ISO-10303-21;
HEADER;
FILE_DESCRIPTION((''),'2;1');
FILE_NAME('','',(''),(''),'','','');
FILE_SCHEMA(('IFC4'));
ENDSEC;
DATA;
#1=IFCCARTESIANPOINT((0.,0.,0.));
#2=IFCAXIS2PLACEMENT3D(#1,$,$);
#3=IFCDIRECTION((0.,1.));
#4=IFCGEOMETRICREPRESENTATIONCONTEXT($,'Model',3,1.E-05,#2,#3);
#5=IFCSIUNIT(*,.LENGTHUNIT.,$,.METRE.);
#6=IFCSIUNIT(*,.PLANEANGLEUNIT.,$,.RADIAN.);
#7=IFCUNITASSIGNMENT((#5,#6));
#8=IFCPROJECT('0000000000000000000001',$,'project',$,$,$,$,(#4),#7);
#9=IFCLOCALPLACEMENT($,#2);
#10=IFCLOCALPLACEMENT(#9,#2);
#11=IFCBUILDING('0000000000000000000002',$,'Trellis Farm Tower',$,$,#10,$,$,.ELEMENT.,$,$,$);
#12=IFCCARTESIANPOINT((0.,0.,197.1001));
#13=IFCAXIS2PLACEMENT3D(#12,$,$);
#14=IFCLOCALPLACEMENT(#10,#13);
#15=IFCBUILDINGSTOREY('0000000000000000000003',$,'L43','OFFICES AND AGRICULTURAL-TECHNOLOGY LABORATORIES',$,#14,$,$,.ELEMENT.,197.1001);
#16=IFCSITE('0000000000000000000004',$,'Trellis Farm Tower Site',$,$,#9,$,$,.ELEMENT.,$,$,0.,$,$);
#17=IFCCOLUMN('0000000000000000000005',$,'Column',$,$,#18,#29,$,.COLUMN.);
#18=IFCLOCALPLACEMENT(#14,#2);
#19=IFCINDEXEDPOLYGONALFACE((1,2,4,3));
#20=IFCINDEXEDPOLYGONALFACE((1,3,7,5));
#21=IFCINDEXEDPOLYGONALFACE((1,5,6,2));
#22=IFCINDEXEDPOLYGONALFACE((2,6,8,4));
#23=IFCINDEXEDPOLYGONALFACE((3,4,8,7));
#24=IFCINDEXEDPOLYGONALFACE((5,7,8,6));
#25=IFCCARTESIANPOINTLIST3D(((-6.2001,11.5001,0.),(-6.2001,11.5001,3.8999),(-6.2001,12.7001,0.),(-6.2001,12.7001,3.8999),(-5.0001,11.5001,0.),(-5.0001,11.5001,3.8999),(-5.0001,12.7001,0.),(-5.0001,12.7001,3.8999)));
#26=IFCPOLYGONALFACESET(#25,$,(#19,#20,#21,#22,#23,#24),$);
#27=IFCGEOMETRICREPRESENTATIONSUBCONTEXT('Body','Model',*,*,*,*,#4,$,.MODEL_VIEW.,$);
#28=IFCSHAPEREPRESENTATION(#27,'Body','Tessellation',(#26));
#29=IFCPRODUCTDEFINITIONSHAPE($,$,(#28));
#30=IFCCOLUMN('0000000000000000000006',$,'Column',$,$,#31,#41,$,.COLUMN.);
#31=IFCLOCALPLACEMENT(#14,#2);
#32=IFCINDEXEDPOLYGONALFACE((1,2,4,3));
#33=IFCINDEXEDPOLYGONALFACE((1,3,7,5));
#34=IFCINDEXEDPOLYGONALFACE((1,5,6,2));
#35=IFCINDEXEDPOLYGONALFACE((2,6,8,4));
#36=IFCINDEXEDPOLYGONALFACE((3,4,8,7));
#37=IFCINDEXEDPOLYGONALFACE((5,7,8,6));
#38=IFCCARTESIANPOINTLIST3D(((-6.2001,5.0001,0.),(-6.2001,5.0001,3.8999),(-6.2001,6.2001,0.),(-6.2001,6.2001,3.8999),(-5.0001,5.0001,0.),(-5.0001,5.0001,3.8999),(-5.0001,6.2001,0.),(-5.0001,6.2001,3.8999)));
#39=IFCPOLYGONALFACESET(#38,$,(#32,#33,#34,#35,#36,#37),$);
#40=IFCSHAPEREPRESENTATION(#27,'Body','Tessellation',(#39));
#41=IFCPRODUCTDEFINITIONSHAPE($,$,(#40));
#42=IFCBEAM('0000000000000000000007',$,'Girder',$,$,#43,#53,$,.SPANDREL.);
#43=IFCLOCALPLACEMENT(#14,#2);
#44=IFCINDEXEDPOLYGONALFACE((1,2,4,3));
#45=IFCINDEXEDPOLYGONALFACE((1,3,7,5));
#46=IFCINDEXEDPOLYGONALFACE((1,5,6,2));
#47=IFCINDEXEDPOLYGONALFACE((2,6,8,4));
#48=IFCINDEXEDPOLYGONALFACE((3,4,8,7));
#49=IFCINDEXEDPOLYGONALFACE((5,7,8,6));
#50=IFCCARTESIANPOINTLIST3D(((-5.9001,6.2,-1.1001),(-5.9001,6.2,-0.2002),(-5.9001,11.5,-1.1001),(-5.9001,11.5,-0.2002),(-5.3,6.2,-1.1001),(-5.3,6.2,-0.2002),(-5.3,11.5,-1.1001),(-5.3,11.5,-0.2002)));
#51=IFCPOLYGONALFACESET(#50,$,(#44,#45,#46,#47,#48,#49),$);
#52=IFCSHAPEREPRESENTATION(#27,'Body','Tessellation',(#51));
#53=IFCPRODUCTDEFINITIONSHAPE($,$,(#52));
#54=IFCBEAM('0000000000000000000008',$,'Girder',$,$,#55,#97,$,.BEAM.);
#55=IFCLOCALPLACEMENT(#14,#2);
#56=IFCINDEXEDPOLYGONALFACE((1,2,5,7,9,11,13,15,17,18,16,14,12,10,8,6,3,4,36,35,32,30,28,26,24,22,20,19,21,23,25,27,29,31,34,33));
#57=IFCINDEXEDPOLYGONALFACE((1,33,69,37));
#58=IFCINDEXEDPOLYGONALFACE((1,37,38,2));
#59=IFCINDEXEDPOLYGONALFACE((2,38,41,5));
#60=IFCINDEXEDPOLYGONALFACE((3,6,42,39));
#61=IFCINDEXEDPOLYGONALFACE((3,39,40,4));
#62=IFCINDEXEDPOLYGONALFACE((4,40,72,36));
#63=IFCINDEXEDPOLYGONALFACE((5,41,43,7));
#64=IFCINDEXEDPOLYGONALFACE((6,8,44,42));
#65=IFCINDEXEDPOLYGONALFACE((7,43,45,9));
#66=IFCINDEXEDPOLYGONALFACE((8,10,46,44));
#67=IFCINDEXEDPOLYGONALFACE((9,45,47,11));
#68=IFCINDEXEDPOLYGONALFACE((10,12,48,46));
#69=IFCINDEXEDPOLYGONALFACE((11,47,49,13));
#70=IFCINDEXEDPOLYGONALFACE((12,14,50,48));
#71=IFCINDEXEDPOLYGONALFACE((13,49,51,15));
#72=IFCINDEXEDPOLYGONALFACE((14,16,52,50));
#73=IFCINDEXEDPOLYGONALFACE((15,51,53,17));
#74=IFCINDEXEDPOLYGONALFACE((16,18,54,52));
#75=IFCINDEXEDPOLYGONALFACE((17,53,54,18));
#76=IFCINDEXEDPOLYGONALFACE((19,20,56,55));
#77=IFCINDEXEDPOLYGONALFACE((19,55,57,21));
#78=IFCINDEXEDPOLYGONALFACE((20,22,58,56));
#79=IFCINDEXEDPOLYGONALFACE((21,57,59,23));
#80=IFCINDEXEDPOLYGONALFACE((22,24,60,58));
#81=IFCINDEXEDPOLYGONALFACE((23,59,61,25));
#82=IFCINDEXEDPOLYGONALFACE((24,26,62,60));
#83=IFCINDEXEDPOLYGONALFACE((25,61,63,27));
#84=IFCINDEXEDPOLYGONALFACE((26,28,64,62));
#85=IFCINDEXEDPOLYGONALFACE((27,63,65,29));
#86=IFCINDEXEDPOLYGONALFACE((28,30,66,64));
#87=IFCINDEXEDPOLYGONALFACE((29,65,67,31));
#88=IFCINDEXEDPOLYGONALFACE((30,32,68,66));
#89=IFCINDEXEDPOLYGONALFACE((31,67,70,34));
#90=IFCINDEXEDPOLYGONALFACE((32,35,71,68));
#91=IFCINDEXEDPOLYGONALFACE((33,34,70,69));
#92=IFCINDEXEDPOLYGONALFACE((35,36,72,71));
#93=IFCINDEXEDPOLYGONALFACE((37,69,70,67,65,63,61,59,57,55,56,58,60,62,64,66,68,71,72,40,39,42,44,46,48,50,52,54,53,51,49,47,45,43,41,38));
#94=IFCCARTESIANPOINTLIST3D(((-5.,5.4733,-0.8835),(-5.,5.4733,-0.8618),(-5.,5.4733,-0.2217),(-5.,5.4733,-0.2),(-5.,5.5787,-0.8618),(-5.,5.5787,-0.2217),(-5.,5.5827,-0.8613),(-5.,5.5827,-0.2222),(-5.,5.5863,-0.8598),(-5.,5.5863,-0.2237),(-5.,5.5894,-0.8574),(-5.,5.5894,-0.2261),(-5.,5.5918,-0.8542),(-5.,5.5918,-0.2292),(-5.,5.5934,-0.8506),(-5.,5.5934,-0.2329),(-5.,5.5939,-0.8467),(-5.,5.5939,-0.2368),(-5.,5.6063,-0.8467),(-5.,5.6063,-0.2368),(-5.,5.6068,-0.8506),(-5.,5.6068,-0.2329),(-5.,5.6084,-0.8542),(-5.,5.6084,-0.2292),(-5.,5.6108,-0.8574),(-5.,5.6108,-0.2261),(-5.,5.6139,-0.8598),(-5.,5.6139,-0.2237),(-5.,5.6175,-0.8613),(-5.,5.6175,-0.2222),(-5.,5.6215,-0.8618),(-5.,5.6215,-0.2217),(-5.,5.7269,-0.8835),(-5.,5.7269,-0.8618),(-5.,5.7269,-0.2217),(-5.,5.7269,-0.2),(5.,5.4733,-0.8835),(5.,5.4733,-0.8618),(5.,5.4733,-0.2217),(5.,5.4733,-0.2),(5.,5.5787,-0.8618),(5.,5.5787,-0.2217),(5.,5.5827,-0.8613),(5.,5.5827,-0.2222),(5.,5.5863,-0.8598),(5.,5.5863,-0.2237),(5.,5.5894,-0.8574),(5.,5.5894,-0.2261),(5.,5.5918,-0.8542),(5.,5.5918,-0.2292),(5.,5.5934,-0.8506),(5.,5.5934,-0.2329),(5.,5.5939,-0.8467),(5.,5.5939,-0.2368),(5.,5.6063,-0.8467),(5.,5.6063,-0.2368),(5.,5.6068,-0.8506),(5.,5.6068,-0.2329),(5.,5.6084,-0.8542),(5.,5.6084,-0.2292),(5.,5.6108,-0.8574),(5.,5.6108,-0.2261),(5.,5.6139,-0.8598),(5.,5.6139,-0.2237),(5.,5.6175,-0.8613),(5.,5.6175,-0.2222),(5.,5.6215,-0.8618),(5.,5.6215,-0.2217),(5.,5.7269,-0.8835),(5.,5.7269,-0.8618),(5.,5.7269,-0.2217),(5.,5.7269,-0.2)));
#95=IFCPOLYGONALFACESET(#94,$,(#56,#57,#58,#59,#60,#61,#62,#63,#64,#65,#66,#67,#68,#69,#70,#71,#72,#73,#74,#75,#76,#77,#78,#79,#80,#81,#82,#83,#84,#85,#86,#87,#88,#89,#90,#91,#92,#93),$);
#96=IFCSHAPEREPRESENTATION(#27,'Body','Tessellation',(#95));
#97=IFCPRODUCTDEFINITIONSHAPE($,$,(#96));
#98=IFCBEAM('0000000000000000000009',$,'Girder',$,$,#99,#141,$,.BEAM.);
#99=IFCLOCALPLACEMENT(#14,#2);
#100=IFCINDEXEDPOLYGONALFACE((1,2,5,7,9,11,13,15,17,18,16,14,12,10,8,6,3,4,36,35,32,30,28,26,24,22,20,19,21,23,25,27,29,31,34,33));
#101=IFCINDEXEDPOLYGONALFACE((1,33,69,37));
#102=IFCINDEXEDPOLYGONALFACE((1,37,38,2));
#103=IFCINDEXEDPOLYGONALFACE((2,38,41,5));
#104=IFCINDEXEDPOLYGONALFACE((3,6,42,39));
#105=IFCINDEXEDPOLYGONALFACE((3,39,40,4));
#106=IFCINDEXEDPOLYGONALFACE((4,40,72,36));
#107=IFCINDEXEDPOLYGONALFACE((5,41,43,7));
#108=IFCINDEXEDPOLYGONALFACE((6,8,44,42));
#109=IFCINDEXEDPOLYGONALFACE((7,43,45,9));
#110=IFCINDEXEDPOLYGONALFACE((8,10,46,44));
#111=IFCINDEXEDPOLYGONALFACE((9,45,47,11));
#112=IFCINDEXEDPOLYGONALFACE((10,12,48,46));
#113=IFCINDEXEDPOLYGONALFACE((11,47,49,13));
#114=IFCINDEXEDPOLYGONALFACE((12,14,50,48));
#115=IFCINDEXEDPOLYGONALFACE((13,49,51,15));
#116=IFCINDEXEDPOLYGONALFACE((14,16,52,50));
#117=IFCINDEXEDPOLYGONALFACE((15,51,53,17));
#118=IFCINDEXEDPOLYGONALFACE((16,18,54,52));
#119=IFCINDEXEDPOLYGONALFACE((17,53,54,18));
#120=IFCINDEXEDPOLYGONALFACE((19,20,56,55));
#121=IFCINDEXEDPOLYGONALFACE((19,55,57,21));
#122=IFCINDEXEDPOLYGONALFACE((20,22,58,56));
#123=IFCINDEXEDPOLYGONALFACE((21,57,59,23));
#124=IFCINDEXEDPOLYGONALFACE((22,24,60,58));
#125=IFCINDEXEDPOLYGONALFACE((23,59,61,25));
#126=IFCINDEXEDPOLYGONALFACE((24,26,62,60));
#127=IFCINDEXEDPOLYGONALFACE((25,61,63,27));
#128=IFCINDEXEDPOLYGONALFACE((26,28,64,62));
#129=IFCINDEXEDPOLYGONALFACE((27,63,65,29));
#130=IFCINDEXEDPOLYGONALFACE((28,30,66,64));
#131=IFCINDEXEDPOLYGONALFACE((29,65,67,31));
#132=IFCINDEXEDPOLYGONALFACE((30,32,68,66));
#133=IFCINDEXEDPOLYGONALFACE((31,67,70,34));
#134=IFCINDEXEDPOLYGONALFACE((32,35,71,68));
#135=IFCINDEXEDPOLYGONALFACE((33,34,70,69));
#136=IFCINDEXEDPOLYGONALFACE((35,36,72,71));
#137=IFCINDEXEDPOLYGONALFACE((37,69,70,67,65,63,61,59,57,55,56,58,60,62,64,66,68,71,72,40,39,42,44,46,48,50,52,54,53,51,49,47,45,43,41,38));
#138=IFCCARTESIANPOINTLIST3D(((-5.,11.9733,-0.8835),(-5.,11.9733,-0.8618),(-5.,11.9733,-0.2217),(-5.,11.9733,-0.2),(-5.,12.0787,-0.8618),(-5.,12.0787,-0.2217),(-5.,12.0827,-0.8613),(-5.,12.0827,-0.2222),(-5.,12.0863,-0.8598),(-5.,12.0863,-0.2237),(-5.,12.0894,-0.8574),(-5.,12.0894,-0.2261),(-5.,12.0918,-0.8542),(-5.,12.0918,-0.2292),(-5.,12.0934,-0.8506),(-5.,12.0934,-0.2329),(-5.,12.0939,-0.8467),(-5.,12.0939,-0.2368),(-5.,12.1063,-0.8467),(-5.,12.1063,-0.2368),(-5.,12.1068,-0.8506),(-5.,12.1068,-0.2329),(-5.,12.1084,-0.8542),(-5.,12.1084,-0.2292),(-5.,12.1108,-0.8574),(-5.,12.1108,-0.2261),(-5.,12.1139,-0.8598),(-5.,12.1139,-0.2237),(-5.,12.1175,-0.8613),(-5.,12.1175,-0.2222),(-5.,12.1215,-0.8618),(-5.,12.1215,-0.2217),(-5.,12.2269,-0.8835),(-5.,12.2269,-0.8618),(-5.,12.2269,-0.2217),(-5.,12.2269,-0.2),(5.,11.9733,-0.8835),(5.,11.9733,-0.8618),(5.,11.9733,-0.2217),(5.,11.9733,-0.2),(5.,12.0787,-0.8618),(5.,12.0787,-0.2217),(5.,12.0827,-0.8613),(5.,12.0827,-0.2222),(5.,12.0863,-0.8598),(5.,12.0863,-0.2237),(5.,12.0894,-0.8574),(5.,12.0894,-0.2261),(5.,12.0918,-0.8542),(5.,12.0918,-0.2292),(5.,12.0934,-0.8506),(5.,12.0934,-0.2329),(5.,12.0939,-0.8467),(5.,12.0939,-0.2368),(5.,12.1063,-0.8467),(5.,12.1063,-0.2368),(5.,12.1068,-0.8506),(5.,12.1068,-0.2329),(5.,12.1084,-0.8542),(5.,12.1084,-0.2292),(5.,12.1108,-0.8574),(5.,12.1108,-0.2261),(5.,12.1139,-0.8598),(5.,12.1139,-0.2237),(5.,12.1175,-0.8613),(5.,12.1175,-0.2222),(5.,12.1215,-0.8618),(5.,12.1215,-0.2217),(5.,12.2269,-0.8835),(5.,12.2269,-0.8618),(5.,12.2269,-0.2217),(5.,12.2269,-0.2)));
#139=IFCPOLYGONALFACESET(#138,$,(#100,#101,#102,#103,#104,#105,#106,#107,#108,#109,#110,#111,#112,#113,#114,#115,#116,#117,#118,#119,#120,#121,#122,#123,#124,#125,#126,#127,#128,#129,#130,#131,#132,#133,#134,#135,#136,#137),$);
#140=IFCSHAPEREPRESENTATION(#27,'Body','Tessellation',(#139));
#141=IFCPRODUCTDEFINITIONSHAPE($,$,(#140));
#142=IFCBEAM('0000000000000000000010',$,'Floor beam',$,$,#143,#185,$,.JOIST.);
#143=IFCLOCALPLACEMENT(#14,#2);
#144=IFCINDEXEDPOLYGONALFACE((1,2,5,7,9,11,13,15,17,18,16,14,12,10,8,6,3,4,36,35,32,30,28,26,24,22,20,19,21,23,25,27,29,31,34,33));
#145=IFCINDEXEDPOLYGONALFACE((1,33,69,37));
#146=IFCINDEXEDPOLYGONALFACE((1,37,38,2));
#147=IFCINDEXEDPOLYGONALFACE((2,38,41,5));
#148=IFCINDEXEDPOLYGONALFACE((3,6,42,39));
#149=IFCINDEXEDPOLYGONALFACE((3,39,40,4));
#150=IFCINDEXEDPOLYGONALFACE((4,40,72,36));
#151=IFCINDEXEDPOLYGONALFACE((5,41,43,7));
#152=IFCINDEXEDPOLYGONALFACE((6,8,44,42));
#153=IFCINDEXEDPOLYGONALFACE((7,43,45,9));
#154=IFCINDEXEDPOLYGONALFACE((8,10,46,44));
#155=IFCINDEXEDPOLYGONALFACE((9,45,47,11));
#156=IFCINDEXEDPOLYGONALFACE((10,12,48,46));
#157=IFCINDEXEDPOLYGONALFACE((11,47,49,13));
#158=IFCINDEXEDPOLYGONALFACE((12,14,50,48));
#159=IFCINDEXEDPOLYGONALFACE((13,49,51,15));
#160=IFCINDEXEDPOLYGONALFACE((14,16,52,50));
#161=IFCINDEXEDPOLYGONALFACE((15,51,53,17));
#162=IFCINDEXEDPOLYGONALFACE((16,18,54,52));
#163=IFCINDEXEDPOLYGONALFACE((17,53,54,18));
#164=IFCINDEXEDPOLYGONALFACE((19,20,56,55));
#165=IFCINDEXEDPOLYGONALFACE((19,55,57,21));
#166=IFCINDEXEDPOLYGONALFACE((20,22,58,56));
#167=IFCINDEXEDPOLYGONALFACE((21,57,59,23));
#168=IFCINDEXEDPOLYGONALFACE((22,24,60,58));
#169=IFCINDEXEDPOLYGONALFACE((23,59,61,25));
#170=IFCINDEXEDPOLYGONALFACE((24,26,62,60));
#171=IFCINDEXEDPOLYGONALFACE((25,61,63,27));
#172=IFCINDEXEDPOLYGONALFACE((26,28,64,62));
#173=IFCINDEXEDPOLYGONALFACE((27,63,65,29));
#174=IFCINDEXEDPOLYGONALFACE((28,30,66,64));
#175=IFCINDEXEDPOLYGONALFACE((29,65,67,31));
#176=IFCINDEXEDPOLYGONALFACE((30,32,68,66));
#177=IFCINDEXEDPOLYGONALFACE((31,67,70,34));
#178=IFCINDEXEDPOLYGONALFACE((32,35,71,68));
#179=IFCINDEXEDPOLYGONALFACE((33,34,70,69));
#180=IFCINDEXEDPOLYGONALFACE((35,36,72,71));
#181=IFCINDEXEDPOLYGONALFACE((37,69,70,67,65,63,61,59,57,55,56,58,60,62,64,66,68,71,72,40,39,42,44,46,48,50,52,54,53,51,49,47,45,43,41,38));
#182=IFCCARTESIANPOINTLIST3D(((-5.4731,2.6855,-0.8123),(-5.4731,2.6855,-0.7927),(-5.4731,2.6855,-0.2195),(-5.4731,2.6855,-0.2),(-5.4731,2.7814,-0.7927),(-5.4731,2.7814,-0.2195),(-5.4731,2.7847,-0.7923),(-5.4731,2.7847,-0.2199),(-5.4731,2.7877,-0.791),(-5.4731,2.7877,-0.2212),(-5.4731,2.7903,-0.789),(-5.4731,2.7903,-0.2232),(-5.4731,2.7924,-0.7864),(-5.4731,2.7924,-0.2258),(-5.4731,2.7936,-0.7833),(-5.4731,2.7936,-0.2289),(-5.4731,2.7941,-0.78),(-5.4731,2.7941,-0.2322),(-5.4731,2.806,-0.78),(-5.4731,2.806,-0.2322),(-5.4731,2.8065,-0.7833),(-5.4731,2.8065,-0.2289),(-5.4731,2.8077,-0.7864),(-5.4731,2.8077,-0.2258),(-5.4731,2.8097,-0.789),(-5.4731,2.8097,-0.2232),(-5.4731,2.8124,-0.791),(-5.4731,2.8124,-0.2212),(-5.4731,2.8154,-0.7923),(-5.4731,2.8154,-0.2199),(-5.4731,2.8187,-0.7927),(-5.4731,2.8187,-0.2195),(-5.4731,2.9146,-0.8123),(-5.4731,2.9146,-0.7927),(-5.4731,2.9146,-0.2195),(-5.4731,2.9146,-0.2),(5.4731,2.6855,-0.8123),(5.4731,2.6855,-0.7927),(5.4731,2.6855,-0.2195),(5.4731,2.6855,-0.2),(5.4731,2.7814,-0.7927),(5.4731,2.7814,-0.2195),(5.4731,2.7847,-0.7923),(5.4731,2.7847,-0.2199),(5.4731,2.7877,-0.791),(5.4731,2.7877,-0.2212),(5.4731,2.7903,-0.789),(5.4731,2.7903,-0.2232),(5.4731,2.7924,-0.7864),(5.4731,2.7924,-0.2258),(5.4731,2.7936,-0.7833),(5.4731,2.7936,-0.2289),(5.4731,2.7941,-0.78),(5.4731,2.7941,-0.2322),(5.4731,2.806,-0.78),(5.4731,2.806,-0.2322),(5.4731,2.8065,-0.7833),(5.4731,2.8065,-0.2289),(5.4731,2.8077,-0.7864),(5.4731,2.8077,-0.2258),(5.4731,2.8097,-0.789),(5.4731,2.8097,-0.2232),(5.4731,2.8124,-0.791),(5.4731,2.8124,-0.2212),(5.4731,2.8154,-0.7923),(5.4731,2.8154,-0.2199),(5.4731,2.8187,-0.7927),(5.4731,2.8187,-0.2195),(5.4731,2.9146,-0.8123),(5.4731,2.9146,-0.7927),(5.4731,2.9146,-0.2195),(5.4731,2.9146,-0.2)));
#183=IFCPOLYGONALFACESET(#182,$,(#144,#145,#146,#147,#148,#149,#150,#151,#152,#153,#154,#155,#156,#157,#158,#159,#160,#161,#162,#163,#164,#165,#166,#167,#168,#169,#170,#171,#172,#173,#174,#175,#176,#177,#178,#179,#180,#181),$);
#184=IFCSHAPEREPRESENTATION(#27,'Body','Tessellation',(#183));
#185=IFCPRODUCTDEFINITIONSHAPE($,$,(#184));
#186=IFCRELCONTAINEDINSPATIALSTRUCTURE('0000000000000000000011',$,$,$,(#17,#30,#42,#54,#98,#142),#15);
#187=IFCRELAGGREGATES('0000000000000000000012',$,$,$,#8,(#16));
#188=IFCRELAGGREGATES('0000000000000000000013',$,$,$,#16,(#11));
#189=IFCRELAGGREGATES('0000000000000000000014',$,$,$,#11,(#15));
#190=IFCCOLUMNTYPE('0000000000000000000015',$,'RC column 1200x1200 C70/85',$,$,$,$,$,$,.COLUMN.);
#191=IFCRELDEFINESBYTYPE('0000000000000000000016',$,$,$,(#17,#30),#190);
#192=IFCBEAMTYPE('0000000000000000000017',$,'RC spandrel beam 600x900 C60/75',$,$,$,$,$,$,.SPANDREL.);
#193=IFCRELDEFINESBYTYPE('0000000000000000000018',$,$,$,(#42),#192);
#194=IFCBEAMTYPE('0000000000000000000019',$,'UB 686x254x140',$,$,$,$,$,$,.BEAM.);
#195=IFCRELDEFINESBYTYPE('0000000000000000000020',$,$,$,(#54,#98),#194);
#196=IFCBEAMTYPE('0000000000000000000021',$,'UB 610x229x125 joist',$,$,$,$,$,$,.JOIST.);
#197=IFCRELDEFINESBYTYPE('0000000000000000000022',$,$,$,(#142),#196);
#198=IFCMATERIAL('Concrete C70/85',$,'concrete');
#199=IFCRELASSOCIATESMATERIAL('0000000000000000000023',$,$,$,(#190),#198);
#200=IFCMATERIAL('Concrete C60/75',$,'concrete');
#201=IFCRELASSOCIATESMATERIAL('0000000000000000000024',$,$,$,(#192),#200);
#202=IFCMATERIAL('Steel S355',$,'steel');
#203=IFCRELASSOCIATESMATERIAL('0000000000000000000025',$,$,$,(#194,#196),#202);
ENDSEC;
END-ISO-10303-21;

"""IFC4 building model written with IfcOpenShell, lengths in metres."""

from ifc_helpers import new_model, si_unit, direction, frame, origin, origin_2d, place, context, subcontext, project, spatial, rectangle, i_section, extrude, source, transform, mapped, material, material_profile, profile_set, type_object, element, save


model = new_model("IFC4")

# Units and contexts
model_context = context("Model", 3, precision=1e-05, world=origin(), true_north=direction((0.0, 1.0)))
body_context = subcontext(model_context, "Body", "Model", "MODEL_VIEW")
ifc_project = project(units=[si_unit("LENGTHUNIT", "METRE"), si_unit("PLANEANGLEUNIT", "RADIAN")], contexts=[model_context])

# Site, building, storey
site_placement = place(None, origin())
site = spatial("IfcSite", under=ifc_project, at=site_placement, Name="Trellis Farm Tower Site", CompositionType="ELEMENT", RefElevation=0.0)
building_placement = place(site_placement, origin())
building = spatial("IfcBuilding", under=site, at=building_placement, Name="Trellis Farm Tower", CompositionType="ELEMENT")
storey_placement = place(building_placement, frame((0.0, 0.0, 197.1001)))
storey = spatial("IfcBuildingStorey", under=building, at=storey_placement, Name="L43", Description="OFFICES AND AGRICULTURAL-TECHNOLOGY LABORATORIES", CompositionType="ELEMENT", Elevation=197.1001)

# Columns
ifc_material_1 = material(Name="Concrete C70/85", Category="concrete")
ifc_material_profile_1 = material_profile(ifc_material_1, rectangle(XDim=1.2, YDim=1.2, at=origin_2d()), Name="RC column 1200x1200 C70/85")
ifc_profile_set_1 = profile_set([ifc_material_profile_1], Name="Concrete C70/85")
column_type = type_object("IfcColumnType", Name="RC column 1200x1200 C70/85", PredefinedType="COLUMN", material=ifc_profile_set_1)
shared_shape_1 = source(origin(), body_context, "Body", "SweptSolid", [
    extrude(rectangle(XDim=1.2, YDim=1.2, at=origin_2d()), origin(), (0.0, 0.0, 1.0), 3.8999),
])
for number, where, z_axis, x_axis, name in (
    (1, (-5.6001, 12.1001, 0.0), (0.0, 0.0, 1.0), (1.0, 0.0, 0.0), "Column"),
    (2, (-5.6001, 5.6001, 0.0), (0.0, 0.0, 1.0), (1.0, 0.0, 0.0), "Column"),
):
    element("IfcColumn", number, at=place(storey_placement, frame(where, z_axis=z_axis, x_axis=x_axis)), inside=storey, type_object=column_type, Name=name, PredefinedType="COLUMN", context=body_context, shape_type="MappedRepresentation", body=[
        mapped(shared_shape_1, transform((0.0, 0.0, 0.0))),
    ])

# Beams
ifc_material_2 = material(Name="Concrete C60/75", Category="concrete")
ifc_material_profile_2 = material_profile(ifc_material_2, rectangle(XDim=0.6001, YDim=0.8999, at=origin_2d()), Name="RC spandrel beam 600x900 C60/75")
ifc_profile_set_2 = profile_set([ifc_material_profile_2], Name="Concrete C60/75")
beam_type_1 = type_object("IfcBeamType", Name="RC spandrel beam 600x900 C60/75", PredefinedType="SPANDREL", material=ifc_profile_set_2)
shared_shape_2 = source(origin(), body_context, "Body", "SweptSolid", [
    extrude(rectangle(XDim=0.6001, YDim=0.8999, at=origin_2d()), origin(), (0.0, 0.0, 1.0), 5.3),
])
beam_1_placement = place(storey_placement, frame((-5.6001, 6.2, -0.6501), z_axis=(0.0, 1.0, 0.0), x_axis=(-1.0, 0.0, 0.0)))
element("IfcBeam", 3, at=beam_1_placement, inside=storey, type_object=beam_type_1, Name="Girder", PredefinedType="SPANDREL", context=body_context, shape_type="MappedRepresentation", body=[
    mapped(shared_shape_2, transform((0.0, 0.0, 0.0))),
])
ifc_material_3 = material(Name="Steel S355", Category="steel")
ifc_material_profile_3 = material_profile(ifc_material_3, i_section(OverallWidth=0.2537, OverallDepth=0.6836, WebThickness=0.0125, FlangeThickness=0.0217, FilletRadius=0.0151, at=origin_2d()), Name="UB 686x254x140")
ifc_profile_set_3 = profile_set([ifc_material_profile_3], Name="Steel S355")
beam_type_2 = type_object("IfcBeamType", Name="UB 686x254x140", PredefinedType="BEAM", material=ifc_profile_set_3)
shared_shape_3 = source(origin(), body_context, "Body", "SweptSolid", [
    extrude(i_section(OverallWidth=0.2537, OverallDepth=0.6836, WebThickness=0.0125, FlangeThickness=0.0217, FilletRadius=0.0151, at=origin_2d()), origin(), (0.0, 0.0, 1.0), 10.0),
])
for number, where, z_axis, x_axis, name in (
    (4, (-5.0, 5.6001, -0.5417), (1.0, 0.0, 0.0), (0.0, 1.0, 0.0), "Girder"),
    (5, (-5.0, 12.1001, -0.5417), (1.0, 0.0, 0.0), (0.0, 1.0, 0.0), "Girder"),
):
    element("IfcBeam", number, at=place(storey_placement, frame(where, z_axis=z_axis, x_axis=x_axis)), inside=storey, type_object=beam_type_2, Name=name, PredefinedType="BEAM", context=body_context, shape_type="MappedRepresentation", body=[
        mapped(shared_shape_3, transform((0.0, 0.0, 0.0))),
    ])
ifc_material_profile_4 = material_profile(ifc_material_3, i_section(OverallWidth=0.229, OverallDepth=0.6123, WebThickness=0.012, FlangeThickness=0.0195, FilletRadius=0.0127, at=origin_2d()), Name="UB 610x229x125")
ifc_profile_set_4 = profile_set([ifc_material_profile_4], Name="Steel S355")
beam_type_3 = type_object("IfcBeamType", Name="UB 610x229x125 joist", PredefinedType="JOIST", material=ifc_profile_set_4)
shared_shape_4 = source(origin(), body_context, "Body", "SweptSolid", [
    extrude(i_section(OverallWidth=0.229, OverallDepth=0.6123, WebThickness=0.012, FlangeThickness=0.0195, FilletRadius=0.0127, at=origin_2d()), origin(), (0.0, 0.0, 1.0), 10.9463),
])
beam_2_placement = place(storey_placement, frame((-5.4731, 2.8, -0.5061), z_axis=(1.0, 0.0, 0.0), x_axis=(0.0, 1.0, 0.0)))
element("IfcBeam", 6, at=beam_2_placement, inside=storey, type_object=beam_type_3, Name="Floor beam", PredefinedType="JOIST", context=body_context, shape_type="MappedRepresentation", body=[
    mapped(shared_shape_4, transform((0.0, 0.0, 0.0))),
])

save(model, "model.ifc")
